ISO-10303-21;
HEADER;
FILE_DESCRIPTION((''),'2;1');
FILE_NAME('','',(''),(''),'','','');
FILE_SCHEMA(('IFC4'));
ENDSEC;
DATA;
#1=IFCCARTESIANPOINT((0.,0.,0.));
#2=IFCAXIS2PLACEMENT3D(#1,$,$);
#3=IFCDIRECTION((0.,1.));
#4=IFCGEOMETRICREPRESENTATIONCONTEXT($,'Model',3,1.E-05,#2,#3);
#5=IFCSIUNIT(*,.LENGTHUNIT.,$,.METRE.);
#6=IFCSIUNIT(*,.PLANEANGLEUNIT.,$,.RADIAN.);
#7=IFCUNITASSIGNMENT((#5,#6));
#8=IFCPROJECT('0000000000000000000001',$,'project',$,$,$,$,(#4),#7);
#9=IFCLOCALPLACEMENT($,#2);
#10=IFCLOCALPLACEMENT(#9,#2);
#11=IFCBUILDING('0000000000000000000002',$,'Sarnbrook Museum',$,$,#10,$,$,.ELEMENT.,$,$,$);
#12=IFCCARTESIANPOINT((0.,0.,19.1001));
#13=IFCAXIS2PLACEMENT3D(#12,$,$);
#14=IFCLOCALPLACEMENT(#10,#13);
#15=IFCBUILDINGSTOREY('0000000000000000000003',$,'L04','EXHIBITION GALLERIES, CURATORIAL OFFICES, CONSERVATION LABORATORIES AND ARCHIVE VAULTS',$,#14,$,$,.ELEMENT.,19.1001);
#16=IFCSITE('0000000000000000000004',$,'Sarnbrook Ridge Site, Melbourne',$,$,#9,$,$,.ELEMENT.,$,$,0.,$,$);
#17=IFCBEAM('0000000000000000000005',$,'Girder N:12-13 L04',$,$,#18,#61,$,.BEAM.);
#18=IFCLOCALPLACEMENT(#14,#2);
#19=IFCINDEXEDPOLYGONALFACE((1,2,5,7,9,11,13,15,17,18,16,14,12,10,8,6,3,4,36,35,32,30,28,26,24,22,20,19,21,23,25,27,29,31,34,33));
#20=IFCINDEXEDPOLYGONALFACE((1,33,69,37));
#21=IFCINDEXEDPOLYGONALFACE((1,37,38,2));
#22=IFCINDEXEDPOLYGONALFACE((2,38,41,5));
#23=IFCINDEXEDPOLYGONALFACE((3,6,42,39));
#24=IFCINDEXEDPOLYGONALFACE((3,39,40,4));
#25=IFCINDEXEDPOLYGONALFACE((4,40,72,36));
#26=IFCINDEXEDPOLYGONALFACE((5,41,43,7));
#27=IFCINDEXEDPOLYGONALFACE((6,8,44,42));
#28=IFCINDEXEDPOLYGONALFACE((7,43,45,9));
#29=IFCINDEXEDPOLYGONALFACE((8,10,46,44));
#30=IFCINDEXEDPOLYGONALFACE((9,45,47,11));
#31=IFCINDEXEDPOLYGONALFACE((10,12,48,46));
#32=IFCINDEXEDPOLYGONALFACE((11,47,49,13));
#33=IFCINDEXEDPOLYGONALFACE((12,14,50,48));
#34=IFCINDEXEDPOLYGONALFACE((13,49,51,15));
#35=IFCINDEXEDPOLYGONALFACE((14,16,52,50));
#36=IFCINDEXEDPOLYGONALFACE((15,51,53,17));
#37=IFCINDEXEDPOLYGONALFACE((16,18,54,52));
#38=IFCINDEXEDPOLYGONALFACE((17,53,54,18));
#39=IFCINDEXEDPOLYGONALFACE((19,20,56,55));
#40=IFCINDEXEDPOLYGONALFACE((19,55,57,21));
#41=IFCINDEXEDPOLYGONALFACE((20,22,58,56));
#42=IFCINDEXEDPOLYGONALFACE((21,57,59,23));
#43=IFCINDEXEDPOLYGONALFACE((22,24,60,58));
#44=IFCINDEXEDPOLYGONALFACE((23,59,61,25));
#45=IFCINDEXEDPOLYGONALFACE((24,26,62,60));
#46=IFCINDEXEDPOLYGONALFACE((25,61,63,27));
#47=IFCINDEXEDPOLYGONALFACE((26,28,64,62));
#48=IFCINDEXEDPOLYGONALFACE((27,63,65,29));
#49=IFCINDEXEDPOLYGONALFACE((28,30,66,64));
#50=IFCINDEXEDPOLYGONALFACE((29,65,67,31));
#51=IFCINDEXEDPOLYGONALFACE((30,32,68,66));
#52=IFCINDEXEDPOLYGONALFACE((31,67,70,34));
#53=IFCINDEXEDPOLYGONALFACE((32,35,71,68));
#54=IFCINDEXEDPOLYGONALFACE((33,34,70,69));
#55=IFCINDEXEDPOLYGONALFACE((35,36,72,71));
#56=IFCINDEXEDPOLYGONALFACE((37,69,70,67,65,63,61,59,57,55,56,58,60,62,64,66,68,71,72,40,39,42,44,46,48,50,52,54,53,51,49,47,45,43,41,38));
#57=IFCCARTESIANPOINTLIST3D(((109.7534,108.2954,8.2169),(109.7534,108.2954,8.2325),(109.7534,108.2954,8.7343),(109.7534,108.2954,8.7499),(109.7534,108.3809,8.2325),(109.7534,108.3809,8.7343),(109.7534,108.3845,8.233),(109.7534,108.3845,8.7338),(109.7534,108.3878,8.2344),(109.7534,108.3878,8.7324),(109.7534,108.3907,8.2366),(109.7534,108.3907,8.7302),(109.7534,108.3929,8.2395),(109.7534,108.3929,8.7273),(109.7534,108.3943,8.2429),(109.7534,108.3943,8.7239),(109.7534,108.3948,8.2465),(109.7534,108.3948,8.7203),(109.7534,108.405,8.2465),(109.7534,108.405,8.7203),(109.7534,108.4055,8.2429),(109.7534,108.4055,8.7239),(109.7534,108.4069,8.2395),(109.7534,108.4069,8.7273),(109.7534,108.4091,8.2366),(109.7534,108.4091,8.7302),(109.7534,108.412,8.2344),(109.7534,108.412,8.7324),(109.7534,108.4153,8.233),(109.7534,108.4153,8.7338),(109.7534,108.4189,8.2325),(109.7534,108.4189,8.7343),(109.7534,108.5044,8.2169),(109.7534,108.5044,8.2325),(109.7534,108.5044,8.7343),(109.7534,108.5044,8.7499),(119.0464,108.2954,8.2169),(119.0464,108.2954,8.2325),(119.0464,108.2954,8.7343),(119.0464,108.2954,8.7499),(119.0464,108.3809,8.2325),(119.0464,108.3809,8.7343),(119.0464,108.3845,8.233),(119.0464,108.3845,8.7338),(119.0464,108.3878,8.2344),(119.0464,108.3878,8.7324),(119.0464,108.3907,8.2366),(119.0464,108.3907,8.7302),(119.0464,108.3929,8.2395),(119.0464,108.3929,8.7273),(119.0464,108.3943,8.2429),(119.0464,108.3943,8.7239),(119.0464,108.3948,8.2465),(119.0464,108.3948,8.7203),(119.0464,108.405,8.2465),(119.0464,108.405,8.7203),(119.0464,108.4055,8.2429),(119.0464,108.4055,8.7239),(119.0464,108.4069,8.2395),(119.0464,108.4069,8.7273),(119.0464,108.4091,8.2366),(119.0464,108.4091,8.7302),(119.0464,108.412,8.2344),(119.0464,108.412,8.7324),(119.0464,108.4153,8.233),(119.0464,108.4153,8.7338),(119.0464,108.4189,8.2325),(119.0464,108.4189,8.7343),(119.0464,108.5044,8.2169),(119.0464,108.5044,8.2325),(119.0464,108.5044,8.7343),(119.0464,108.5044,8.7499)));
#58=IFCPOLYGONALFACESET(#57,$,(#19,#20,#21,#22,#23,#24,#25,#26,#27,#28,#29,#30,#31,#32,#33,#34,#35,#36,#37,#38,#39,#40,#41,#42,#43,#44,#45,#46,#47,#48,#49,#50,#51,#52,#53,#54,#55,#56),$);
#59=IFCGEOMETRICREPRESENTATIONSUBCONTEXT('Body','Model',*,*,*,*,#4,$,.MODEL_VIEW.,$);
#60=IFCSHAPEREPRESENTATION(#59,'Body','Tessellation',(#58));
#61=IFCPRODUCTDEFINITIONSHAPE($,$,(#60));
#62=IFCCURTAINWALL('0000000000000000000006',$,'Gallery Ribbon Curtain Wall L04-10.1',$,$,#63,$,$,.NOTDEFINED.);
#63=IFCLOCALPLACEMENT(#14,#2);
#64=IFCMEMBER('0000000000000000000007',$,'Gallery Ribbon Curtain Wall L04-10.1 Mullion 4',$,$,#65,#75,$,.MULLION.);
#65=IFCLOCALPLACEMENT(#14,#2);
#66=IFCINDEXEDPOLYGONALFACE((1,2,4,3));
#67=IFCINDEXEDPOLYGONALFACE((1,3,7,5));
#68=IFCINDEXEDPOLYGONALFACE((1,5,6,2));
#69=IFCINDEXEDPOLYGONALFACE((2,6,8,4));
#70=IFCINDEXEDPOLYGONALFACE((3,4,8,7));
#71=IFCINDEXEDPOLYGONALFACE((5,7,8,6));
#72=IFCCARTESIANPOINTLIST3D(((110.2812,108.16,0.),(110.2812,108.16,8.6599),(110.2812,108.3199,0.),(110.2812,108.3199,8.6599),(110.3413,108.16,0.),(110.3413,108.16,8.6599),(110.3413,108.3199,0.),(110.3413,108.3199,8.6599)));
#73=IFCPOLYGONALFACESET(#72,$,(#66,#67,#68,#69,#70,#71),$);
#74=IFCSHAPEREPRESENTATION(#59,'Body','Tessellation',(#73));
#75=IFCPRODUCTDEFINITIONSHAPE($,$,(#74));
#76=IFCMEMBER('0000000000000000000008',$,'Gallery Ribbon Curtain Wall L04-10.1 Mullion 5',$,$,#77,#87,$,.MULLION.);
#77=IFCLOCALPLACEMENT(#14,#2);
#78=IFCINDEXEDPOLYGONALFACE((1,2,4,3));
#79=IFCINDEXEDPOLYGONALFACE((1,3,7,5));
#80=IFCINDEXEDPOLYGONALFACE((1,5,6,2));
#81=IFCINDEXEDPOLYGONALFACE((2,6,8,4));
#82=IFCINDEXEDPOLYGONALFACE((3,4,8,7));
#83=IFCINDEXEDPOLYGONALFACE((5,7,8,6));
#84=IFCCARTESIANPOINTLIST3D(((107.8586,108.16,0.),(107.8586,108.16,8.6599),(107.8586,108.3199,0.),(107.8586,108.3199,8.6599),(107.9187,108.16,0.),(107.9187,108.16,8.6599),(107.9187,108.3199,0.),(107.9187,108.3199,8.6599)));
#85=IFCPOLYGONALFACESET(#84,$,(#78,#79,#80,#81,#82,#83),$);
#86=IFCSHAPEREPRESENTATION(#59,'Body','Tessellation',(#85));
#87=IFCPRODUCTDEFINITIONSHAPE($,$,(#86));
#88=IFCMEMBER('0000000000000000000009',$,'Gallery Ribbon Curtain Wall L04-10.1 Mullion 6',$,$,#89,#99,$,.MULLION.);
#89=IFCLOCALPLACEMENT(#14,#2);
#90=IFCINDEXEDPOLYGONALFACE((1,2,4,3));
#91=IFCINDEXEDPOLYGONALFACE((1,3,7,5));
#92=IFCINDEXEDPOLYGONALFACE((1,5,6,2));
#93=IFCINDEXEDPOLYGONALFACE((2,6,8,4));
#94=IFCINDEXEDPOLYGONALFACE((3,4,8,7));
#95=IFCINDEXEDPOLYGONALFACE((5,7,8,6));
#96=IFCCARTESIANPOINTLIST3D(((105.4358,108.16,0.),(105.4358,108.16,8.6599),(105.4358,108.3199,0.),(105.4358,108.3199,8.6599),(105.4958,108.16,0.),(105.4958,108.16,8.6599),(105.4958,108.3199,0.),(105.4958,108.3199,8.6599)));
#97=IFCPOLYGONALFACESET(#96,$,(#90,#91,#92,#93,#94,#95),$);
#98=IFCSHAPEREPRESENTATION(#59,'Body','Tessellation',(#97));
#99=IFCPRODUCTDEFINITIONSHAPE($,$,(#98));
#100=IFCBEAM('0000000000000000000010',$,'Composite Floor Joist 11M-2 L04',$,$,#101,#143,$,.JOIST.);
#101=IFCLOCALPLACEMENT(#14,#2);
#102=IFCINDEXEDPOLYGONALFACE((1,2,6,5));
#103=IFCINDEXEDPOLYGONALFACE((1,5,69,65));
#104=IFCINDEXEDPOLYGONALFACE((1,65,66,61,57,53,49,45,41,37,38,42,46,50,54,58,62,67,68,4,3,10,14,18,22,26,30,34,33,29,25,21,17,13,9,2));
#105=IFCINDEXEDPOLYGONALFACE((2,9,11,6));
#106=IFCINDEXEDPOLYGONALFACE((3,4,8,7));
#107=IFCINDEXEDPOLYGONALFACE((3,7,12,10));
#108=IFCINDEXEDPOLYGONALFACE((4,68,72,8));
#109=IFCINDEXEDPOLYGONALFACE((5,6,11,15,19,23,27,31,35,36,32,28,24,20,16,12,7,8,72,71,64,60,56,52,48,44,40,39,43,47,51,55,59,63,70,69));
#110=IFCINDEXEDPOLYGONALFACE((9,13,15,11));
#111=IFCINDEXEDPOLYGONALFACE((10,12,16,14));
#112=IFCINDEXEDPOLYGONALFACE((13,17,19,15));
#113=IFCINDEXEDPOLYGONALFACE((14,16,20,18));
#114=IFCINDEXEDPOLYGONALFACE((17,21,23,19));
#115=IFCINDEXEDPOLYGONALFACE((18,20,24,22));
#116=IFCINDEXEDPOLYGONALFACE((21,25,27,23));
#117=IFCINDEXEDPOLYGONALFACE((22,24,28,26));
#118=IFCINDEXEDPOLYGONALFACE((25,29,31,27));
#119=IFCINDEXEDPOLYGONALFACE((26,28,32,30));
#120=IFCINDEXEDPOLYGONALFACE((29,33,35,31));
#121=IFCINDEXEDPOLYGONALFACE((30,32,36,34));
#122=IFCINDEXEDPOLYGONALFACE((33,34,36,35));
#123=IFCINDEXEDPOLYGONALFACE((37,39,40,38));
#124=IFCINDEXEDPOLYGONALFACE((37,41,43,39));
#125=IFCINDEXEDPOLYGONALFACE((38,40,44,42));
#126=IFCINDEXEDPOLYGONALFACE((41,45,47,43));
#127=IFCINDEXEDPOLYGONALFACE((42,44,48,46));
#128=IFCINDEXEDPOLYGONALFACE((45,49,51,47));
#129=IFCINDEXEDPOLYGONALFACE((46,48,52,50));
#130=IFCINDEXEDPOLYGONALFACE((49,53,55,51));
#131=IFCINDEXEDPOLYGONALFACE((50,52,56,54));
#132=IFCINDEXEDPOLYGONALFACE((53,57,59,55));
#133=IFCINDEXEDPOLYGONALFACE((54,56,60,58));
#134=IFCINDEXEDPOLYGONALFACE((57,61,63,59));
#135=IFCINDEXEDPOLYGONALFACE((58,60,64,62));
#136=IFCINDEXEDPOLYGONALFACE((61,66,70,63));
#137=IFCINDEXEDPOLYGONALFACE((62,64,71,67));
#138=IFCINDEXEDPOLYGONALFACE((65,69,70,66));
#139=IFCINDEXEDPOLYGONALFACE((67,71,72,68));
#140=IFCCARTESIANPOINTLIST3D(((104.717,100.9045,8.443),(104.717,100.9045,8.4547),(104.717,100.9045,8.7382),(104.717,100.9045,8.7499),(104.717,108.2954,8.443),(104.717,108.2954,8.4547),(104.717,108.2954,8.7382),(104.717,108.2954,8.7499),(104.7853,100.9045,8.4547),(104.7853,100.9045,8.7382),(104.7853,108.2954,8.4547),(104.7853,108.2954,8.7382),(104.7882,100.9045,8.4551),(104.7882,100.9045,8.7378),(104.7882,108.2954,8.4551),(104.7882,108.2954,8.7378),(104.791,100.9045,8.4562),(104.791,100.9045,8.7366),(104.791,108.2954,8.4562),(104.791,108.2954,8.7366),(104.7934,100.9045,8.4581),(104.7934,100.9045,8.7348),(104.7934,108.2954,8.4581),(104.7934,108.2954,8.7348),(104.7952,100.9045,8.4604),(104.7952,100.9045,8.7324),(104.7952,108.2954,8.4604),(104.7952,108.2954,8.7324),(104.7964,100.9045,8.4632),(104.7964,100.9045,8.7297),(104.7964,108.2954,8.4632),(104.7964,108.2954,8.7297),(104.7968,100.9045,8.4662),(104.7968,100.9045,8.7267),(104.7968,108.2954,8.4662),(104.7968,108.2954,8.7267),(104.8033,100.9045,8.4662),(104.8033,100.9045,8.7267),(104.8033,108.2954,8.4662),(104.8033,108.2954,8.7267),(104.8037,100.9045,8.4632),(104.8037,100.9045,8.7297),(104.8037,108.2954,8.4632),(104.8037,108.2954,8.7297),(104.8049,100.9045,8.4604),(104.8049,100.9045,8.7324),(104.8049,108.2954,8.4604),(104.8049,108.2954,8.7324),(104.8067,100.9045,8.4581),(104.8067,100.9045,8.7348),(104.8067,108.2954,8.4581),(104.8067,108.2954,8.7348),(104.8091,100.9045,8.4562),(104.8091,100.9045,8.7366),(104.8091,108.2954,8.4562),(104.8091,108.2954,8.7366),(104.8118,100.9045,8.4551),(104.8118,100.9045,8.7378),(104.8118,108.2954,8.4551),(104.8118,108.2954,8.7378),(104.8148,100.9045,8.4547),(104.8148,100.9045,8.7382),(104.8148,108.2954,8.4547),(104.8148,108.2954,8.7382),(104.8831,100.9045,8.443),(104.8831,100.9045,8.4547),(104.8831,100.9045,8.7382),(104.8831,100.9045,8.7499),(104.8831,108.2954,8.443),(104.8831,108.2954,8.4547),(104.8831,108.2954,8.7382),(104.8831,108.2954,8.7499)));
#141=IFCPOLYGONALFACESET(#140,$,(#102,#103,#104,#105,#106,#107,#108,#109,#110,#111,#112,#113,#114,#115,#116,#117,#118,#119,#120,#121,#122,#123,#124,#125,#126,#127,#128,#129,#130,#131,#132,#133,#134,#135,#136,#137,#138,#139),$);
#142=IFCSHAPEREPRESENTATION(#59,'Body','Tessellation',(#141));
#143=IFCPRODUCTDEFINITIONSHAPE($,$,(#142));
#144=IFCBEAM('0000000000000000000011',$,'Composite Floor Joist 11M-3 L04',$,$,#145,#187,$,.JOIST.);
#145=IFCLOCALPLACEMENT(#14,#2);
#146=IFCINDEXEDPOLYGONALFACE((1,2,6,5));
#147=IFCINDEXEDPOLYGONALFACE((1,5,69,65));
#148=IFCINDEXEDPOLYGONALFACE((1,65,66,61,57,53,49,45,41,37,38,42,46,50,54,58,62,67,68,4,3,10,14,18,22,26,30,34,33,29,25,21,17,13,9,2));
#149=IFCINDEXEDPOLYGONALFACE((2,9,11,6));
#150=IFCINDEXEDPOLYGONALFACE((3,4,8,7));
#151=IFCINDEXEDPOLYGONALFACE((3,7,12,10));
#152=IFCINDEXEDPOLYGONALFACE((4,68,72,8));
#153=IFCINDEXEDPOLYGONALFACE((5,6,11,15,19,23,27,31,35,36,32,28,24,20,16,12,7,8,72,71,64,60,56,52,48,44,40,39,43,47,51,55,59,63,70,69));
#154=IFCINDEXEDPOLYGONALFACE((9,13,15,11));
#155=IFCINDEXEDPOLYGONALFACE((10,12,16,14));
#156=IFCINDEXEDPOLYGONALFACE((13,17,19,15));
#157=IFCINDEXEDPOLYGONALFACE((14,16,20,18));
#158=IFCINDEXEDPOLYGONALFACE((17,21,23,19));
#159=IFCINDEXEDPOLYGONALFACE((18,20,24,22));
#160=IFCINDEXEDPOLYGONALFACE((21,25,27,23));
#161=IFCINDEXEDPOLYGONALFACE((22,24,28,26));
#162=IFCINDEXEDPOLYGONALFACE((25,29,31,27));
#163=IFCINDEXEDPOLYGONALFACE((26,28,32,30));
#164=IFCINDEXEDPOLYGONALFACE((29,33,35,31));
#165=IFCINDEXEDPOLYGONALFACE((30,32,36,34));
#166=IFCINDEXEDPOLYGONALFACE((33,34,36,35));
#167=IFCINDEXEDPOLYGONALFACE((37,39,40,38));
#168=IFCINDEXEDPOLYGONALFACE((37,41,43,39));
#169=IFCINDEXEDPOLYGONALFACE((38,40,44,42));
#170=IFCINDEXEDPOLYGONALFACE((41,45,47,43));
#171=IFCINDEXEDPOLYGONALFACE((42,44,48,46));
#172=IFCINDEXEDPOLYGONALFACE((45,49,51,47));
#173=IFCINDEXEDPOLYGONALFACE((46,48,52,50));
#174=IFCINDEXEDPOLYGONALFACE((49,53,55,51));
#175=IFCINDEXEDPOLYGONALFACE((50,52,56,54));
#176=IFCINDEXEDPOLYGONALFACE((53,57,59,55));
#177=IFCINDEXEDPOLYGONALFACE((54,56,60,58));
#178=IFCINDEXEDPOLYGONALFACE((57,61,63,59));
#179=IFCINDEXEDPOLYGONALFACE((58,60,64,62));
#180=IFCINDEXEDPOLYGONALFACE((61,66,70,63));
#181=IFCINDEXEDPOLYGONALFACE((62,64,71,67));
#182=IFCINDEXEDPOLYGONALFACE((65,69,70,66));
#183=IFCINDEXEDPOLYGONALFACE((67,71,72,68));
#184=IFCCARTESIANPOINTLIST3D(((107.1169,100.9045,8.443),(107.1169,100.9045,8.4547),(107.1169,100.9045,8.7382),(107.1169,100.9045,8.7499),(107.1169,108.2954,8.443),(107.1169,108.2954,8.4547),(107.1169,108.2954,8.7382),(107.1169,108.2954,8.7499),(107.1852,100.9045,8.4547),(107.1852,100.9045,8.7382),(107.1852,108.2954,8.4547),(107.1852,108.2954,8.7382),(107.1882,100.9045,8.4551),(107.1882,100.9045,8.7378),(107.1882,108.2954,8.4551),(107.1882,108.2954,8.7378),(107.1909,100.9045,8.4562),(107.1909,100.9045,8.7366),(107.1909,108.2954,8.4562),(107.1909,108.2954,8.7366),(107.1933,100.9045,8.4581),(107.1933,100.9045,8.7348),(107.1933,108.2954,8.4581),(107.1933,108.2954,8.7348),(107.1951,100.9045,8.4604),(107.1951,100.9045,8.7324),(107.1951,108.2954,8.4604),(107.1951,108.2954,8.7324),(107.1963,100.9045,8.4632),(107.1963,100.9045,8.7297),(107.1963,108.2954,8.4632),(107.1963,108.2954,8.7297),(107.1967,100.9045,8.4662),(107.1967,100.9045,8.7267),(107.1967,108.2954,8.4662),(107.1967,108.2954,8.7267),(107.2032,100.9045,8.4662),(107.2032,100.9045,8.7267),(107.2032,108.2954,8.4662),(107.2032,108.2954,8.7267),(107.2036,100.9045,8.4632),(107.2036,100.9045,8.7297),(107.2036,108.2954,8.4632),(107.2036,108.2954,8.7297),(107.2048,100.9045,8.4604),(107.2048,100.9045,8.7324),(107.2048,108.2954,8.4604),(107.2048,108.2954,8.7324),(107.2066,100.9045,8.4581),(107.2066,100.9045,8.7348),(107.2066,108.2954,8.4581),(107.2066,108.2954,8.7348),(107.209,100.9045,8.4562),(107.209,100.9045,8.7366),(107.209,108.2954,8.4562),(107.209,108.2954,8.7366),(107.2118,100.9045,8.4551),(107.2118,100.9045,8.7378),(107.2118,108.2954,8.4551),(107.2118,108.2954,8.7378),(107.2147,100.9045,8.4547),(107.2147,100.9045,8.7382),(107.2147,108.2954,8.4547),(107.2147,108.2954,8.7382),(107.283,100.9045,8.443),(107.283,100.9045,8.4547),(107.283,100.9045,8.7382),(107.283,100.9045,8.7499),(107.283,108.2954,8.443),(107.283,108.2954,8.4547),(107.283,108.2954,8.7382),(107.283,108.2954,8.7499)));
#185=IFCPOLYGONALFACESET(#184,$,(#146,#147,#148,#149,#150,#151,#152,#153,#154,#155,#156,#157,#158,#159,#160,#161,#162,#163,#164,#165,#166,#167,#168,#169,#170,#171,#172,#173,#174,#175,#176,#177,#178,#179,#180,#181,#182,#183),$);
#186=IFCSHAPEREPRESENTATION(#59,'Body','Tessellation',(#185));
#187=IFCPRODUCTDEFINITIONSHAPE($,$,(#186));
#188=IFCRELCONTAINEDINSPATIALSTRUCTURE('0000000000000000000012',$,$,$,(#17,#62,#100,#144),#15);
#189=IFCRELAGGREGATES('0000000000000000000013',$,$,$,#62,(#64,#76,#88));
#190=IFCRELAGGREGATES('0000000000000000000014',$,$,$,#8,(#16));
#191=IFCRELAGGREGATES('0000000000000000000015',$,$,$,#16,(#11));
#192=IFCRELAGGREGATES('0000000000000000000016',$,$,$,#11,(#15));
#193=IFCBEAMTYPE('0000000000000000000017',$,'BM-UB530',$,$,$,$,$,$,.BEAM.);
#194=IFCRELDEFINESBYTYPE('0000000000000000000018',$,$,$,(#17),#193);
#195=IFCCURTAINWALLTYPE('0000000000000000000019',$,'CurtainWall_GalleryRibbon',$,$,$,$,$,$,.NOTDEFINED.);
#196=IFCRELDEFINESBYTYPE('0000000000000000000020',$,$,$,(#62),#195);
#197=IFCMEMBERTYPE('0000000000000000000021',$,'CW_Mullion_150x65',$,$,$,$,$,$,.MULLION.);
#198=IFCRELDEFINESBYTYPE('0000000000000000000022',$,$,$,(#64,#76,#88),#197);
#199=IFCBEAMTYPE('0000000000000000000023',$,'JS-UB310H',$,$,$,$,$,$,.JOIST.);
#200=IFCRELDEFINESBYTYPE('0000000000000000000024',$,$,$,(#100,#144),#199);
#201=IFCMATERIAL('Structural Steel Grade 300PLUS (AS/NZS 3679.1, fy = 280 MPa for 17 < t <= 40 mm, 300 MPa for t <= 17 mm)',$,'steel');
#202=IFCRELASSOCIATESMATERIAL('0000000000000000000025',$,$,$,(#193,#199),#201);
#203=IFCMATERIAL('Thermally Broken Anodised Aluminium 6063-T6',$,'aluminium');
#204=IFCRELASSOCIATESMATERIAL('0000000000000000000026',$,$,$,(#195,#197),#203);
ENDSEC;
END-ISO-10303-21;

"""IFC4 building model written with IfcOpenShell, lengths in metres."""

from ifc_helpers import new_model, si_unit, direction, frame, origin, origin_2d, place, context, subcontext, project, spatial, rectangle, i_section, extrude, material, material_profile, profile_set, type_object, element, aggregate, save


model = new_model("IFC4")

# Units and contexts
model_context = context("Model", 3, precision=1e-05, world=origin(), true_north=direction((0.0, 1.0)))
body_context = subcontext(model_context, "Body", "Model", "MODEL_VIEW")
ifc_project = project(units=[si_unit("LENGTHUNIT", "METRE"), si_unit("PLANEANGLEUNIT", "RADIAN")], contexts=[model_context])

# Site, building, storey
site_placement = place(None, origin())
site = spatial("IfcSite", under=ifc_project, at=site_placement, Name="Sarnbrook Ridge Site, Melbourne", CompositionType="ELEMENT", RefElevation=0.0)
building_placement = place(site_placement, origin())
building = spatial("IfcBuilding", under=site, at=building_placement, Name="Sarnbrook Museum", CompositionType="ELEMENT")
storey_placement = place(building_placement, frame((0.0, 0.0, 19.1001)))
storey = spatial("IfcBuildingStorey", under=building, at=storey_placement, Name="L04", Description="EXHIBITION GALLERIES, CURATORIAL OFFICES, CONSERVATION LABORATORIES AND ARCHIVE VAULTS", CompositionType="ELEMENT", Elevation=19.1001)

# Shared definitions
ifc_material_1 = material(Name="Structural Steel Grade 300PLUS (AS/NZS 3679.1, fy = 280 MPa for 17 < t <= 40 mm, 300 MPa for t <= 17 mm)", Category="steel")

# Beam
ifc_material_profile_1 = material_profile(ifc_material_1, i_section(OverallWidth=0.209, OverallDepth=0.533, WebThickness=0.0103, FlangeThickness=0.0156, FilletRadius=0.0139, at=origin_2d()), Name="530UB92.4")
ifc_profile_set_1 = profile_set([ifc_material_profile_1], Name="Structural Steel Grade 300PLUS (AS/NZS 3679.1, fy = 280 MPa for 17 < t <= 40 mm, 300 MPa for t <= 17 mm)")
beam_type_1 = type_object("IfcBeamType", Name="BM-UB530", PredefinedType="BEAM", material=ifc_profile_set_1)
beam_1_placement = place(storey_placement, frame((109.7534, 108.3999, 8.4834), z_axis=(1.0, 0.0, 0.0), x_axis=(0.0, 1.0, 0.0)))
element("IfcBeam", 1, at=beam_1_placement, inside=storey, type_object=beam_type_1, Name="Girder N:12-13 L04", PredefinedType="BEAM", context=body_context, shape_type="SweptSolid", body=[
    extrude(i_section(OverallWidth=0.209, OverallDepth=0.533, WebThickness=0.0103, FlangeThickness=0.0156, FilletRadius=0.0139, at=origin_2d()), origin(), (0.0, 0.0, 1.0), 9.293),
])

# Curtain wall, members
ifc_material_2 = material(Name="Thermally Broken Anodised Aluminium 6063-T6", Category="aluminium")
curtain_wall_type = type_object("IfcCurtainWallType", Name="CurtainWall_GalleryRibbon", PredefinedType="NOTDEFINED", material=ifc_material_2)
curtain_wall_placement = place(storey_placement, origin())
curtain_wall = element("IfcCurtainWall", 2, at=curtain_wall_placement, inside=storey, type_object=curtain_wall_type, Name="Gallery Ribbon Curtain Wall L04-10.1", PredefinedType="NOTDEFINED")
ifc_material_profile_2 = material_profile(ifc_material_2, rectangle(XDim=0.0601, YDim=0.1599, at=origin_2d()), Name="ALU MULLION 60x160")
ifc_profile_set_2 = profile_set([ifc_material_profile_2], Name="Thermally Broken Anodised Aluminium 6063-T6")
member_type = type_object("IfcMemberType", Name="CW_Mullion_150x65", PredefinedType="MULLION", material=ifc_profile_set_2)
member_1_placement = place(storey_placement, frame((110.3113, 108.24, 0.0), z_axis=(0.0, 0.0, 1.0), x_axis=(1.0, 0.0, 0.0)))
member_1 = element("IfcMember", 3, at=member_1_placement, type_object=member_type, Name="Gallery Ribbon Curtain Wall L04-10.1 Mullion 4", PredefinedType="MULLION", context=body_context, shape_type="SweptSolid", body=[
    extrude(rectangle(XDim=0.0601, YDim=0.1599, at=origin_2d()), origin(), (0.0, 0.0, 1.0), 8.6599),
])
member_2_placement = place(storey_placement, frame((107.8887, 108.24, 0.0), z_axis=(0.0, 0.0, 1.0), x_axis=(1.0, 0.0, 0.0)))
member_2 = element("IfcMember", 4, at=member_2_placement, type_object=member_type, Name="Gallery Ribbon Curtain Wall L04-10.1 Mullion 5", PredefinedType="MULLION", context=body_context, shape_type="SweptSolid", body=[
    extrude(rectangle(XDim=0.0601, YDim=0.1599, at=origin_2d()), origin(), (0.0, 0.0, 1.0), 8.6599),
])
member_3_placement = place(storey_placement, frame((105.4658, 108.24, 0.0), z_axis=(0.0, 0.0, 1.0), x_axis=(1.0, 0.0, 0.0)))
member_3 = element("IfcMember", 5, at=member_3_placement, type_object=member_type, Name="Gallery Ribbon Curtain Wall L04-10.1 Mullion 6", PredefinedType="MULLION", context=body_context, shape_type="SweptSolid", body=[
    extrude(rectangle(XDim=0.0601, YDim=0.1599, at=origin_2d()), origin(), (0.0, 0.0, 1.0), 8.6599),
])

# Beams
ifc_material_profile_3 = material_profile(ifc_material_1, i_section(OverallWidth=0.166, OverallDepth=0.3069, WebThickness=0.0066, FlangeThickness=0.0117, FilletRadius=0.0115, at=origin_2d()), Name="310UB46.2")
ifc_profile_set_3 = profile_set([ifc_material_profile_3], Name="Structural Steel Grade 300PLUS (AS/NZS 3679.1, fy = 280 MPa for 17 < t <= 40 mm, 300 MPa for t <= 17 mm)")
beam_type_2 = type_object("IfcBeamType", Name="JS-UB310H", PredefinedType="JOIST", material=ifc_profile_set_3)
for number, where, z_axis, x_axis, name in (
    (6, (104.8, 100.9045, 8.5964), (0.0, 1.0, 0.0), (-1.0, 0.0, 0.0), "Composite Floor Joist 11M-2 L04"),
    (7, (107.2, 100.9045, 8.5964), (0.0, 1.0, 0.0), (-1.0, 0.0, 0.0), "Composite Floor Joist 11M-3 L04"),
):
    element("IfcBeam", number, at=place(storey_placement, frame(where, z_axis=z_axis, x_axis=x_axis)), inside=storey, type_object=beam_type_2, Name=name, PredefinedType="JOIST", context=body_context, shape_type="SweptSolid", body=[
        extrude(i_section(OverallWidth=0.166, OverallDepth=0.3069, WebThickness=0.0066, FlangeThickness=0.0117, FilletRadius=0.0115, at=origin_2d()), origin(), (0.0, 0.0, 1.0), 7.3909),
    ])

aggregate(curtain_wall, [member_1, member_2, member_3])

save(model, "model.ifc")
